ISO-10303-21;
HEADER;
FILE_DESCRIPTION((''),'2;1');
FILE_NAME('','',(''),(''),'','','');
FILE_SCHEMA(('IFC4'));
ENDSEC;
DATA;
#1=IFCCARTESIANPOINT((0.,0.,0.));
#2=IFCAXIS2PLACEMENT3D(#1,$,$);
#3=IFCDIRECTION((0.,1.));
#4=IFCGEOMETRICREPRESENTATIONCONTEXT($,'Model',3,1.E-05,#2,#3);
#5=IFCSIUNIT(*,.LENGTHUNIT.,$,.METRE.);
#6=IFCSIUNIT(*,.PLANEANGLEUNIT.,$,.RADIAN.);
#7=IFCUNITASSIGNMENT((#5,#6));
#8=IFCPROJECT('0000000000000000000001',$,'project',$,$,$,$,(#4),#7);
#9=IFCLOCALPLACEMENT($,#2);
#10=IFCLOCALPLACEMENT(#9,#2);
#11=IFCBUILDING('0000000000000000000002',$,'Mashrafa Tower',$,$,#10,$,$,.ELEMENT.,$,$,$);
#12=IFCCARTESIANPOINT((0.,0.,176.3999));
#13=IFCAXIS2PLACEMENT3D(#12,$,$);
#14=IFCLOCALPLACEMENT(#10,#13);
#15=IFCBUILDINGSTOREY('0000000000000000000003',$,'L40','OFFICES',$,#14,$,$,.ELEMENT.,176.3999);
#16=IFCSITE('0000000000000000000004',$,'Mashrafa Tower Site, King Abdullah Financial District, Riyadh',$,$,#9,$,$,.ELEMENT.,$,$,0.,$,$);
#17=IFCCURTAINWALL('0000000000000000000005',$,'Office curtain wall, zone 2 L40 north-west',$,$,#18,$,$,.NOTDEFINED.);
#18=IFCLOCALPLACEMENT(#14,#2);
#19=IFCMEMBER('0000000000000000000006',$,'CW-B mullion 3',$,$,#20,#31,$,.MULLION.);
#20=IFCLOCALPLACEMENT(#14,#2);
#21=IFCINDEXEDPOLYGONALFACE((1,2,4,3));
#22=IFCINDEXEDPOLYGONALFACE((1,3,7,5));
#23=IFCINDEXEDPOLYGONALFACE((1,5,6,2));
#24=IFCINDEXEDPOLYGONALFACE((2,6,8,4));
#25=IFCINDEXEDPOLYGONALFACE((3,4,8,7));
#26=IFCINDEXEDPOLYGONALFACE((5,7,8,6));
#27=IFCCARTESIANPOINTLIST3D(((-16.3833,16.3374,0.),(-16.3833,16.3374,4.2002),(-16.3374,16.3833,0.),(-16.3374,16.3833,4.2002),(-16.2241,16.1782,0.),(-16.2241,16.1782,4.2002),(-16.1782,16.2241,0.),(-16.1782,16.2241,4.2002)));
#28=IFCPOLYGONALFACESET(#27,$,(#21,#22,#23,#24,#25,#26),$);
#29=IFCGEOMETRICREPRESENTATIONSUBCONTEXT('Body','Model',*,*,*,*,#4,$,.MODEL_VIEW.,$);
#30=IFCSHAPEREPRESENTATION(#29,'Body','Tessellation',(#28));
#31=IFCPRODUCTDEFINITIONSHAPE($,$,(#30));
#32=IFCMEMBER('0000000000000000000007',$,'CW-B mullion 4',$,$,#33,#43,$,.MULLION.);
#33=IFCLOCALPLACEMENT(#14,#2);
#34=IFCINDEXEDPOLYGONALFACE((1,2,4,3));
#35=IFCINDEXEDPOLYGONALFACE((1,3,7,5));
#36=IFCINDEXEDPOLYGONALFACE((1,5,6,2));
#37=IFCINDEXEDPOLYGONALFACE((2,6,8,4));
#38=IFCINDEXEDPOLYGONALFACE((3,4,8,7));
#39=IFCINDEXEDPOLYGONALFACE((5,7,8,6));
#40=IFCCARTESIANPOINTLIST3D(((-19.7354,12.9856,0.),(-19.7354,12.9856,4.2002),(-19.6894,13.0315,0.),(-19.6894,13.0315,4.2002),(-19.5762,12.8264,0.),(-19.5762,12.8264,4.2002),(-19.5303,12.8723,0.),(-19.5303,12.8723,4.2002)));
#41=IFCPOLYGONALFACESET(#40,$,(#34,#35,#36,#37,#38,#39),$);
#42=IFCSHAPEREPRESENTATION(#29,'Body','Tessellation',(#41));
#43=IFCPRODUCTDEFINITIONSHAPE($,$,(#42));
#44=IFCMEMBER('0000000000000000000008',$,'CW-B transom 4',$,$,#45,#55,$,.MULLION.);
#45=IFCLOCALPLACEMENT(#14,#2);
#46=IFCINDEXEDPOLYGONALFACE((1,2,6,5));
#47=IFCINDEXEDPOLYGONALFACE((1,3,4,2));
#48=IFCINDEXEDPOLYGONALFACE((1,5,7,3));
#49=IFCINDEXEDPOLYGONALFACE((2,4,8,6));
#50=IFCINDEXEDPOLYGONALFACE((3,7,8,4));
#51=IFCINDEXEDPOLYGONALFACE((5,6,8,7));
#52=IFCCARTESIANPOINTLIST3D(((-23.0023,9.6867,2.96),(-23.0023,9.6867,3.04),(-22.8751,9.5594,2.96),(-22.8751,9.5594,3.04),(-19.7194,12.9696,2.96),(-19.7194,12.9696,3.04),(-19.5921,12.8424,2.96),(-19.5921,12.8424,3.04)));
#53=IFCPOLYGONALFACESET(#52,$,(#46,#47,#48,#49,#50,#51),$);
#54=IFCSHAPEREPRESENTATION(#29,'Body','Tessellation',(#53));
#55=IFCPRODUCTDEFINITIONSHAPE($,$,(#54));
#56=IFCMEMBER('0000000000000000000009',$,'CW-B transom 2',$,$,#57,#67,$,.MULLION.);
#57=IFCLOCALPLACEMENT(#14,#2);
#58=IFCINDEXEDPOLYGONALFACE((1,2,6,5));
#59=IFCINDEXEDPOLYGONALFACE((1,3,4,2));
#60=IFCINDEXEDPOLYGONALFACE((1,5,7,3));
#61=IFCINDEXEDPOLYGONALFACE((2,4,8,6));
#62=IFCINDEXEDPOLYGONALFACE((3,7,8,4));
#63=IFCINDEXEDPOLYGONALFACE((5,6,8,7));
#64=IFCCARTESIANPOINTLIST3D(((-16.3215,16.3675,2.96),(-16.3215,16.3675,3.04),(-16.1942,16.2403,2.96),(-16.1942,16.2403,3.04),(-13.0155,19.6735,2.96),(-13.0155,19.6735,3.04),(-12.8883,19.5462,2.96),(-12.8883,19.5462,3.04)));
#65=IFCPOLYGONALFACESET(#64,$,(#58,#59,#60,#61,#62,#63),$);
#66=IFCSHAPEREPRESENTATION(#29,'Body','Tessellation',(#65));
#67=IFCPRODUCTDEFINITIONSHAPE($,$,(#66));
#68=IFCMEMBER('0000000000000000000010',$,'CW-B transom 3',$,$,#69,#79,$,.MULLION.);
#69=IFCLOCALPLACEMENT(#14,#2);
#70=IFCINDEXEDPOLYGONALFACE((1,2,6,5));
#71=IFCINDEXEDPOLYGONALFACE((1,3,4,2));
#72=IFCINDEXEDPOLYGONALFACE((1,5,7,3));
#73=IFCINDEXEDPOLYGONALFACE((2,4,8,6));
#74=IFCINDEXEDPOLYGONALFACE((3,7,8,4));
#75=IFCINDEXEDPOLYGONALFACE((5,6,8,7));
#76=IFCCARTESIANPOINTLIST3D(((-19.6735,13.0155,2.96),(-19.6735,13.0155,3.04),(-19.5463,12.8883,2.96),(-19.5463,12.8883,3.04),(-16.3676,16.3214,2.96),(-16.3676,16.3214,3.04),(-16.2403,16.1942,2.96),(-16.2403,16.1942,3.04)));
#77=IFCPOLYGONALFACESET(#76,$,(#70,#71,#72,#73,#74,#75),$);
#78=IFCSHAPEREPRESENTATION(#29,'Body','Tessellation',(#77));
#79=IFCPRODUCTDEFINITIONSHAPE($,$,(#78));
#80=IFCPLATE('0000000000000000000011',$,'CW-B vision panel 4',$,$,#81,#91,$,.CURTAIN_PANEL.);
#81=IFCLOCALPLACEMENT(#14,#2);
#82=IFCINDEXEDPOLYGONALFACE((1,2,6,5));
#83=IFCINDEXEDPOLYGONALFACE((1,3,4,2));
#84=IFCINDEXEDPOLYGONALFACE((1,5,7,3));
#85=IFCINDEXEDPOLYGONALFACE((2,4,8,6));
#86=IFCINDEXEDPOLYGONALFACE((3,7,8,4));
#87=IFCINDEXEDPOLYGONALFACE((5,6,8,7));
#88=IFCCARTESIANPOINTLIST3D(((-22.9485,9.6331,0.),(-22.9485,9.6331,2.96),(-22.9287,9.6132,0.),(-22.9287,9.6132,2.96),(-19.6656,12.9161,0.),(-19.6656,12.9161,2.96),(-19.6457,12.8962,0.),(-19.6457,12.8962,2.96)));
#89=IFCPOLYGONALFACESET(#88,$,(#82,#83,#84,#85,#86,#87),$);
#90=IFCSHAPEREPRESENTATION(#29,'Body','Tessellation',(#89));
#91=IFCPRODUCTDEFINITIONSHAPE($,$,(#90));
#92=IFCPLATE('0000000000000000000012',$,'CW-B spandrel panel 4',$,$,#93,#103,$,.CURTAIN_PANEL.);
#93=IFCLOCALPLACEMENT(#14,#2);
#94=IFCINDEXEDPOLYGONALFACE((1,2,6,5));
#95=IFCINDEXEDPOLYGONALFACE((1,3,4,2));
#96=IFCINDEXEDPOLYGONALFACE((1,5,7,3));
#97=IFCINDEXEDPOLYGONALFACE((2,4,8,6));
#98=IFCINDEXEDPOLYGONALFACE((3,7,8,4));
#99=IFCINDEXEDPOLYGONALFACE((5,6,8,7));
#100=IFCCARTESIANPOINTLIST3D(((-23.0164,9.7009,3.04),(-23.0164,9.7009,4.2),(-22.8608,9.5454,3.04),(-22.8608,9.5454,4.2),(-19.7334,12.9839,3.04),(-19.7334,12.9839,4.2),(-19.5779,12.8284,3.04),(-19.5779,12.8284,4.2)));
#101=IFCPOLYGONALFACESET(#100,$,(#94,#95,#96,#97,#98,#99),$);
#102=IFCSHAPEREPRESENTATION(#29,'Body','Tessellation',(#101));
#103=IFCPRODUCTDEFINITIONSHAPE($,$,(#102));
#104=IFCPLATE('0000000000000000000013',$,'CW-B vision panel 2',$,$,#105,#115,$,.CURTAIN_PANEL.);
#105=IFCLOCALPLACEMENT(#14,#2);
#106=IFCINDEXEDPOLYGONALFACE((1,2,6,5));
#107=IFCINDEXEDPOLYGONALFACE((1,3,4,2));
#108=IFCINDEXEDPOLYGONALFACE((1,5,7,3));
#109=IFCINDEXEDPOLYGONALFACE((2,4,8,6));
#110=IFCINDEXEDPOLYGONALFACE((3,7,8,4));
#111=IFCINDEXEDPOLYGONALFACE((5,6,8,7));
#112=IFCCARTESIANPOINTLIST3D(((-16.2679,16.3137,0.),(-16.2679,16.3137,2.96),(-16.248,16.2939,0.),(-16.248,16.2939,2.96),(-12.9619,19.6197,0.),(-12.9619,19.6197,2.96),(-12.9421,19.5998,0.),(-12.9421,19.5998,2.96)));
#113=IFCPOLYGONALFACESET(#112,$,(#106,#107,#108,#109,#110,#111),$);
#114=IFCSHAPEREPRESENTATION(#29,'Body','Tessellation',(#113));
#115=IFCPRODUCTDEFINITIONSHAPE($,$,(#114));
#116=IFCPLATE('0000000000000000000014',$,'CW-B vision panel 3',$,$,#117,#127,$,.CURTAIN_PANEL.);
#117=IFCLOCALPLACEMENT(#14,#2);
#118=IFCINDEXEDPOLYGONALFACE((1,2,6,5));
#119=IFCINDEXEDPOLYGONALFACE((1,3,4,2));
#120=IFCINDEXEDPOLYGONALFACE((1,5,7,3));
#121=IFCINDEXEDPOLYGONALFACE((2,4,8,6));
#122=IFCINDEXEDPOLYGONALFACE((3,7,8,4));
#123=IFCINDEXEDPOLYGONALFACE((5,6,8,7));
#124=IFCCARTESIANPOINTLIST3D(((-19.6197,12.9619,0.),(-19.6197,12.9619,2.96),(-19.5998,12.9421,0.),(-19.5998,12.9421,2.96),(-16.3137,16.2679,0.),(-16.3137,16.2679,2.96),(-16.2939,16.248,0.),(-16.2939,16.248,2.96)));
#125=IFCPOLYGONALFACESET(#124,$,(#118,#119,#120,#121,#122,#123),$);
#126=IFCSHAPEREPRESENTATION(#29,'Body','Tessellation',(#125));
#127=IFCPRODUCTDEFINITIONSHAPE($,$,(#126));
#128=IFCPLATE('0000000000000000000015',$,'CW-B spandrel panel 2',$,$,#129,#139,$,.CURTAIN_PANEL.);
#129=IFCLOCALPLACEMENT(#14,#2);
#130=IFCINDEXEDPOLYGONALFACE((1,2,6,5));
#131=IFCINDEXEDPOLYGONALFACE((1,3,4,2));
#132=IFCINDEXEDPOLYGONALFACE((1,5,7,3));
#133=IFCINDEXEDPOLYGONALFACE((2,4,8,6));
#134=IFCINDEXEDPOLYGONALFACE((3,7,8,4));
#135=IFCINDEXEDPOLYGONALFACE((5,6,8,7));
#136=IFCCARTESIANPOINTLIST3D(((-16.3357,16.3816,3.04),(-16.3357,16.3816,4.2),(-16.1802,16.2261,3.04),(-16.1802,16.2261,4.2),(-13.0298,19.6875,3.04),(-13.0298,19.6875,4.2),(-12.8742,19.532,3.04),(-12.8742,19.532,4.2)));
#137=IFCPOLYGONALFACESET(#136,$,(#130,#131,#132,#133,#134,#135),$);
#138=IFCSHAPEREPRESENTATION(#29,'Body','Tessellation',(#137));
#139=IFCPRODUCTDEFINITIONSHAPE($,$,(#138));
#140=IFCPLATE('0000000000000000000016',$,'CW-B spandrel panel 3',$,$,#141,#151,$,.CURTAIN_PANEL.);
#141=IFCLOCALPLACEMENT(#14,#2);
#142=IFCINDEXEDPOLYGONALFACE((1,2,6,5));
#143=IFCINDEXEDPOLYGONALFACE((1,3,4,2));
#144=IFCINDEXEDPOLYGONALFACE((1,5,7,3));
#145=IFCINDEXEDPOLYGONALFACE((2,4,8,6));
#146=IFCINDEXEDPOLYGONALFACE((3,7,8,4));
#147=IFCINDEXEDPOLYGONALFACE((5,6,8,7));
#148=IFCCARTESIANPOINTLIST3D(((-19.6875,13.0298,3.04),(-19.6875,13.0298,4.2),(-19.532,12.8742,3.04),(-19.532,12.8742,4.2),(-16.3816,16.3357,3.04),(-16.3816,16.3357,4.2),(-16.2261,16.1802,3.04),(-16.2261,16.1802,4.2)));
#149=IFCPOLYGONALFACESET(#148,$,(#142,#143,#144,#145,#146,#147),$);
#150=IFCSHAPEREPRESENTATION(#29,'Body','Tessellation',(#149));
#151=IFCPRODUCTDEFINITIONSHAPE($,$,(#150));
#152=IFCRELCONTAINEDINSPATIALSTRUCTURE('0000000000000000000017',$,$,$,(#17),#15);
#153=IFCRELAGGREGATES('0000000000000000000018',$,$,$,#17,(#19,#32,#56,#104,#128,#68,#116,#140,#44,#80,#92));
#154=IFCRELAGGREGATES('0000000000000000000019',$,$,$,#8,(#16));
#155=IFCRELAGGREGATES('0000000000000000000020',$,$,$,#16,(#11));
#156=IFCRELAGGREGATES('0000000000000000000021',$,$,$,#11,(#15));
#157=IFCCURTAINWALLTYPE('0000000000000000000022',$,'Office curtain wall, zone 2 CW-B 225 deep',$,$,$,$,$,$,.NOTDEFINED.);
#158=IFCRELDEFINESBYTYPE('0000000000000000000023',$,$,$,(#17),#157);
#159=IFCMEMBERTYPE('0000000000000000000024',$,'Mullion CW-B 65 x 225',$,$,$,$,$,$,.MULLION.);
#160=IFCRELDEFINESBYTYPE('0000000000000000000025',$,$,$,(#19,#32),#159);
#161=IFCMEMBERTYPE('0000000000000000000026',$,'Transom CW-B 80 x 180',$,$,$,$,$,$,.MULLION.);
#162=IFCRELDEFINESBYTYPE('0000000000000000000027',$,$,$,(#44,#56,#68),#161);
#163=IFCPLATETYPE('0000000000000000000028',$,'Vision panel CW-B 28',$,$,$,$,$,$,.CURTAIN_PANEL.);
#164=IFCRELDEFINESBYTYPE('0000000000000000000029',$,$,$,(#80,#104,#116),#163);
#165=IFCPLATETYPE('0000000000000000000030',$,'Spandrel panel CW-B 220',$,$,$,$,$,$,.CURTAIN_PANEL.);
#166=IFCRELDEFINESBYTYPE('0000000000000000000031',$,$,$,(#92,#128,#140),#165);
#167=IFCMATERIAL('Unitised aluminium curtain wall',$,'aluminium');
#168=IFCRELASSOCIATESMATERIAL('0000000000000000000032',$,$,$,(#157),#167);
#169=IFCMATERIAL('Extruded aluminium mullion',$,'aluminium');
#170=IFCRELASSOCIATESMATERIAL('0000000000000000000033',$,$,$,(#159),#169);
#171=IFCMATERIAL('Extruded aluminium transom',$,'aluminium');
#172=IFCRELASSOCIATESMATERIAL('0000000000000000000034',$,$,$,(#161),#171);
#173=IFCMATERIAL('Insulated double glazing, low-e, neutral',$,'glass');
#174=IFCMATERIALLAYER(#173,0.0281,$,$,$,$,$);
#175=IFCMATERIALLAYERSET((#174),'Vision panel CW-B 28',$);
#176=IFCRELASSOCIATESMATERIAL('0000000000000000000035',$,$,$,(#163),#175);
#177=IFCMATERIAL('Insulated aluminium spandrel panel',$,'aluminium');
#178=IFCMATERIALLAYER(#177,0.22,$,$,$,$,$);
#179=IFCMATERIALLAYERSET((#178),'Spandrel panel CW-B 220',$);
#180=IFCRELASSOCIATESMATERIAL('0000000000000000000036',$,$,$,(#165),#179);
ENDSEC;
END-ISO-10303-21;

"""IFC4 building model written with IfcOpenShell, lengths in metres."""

from ifc_helpers import new_model, si_unit, direction, frame, origin, origin_2d, place, context, subcontext, project, spatial, rectangle, extrude, source, transform, mapped, material, layer, layer_set, material_profile, profile_set, type_object, type_shapes, element, aggregate, save


model = new_model("IFC4")

# Units and contexts
model_context = context("Model", 3, precision=1e-05, world=origin(), true_north=direction((0.0, 1.0)))
body_context = subcontext(model_context, "Body", "Model", "MODEL_VIEW")
ifc_project = project(units=[si_unit("LENGTHUNIT", "METRE"), si_unit("PLANEANGLEUNIT", "RADIAN")], contexts=[model_context])

# Site, building, storey
site_placement = place(None, origin())
site = spatial("IfcSite", under=ifc_project, at=site_placement, Name="Mashrafa Tower Site, King Abdullah Financial District, Riyadh", CompositionType="ELEMENT", RefElevation=0.0)
building_placement = place(site_placement, origin())
building = spatial("IfcBuilding", under=site, at=building_placement, Name="Mashrafa Tower", CompositionType="ELEMENT")
storey_placement = place(building_placement, frame((0.0, 0.0, 176.3999)))
storey = spatial("IfcBuildingStorey", under=building, at=storey_placement, Name="L40", Description="OFFICES", CompositionType="ELEMENT", Elevation=176.3999)

# Curtain wall, members, plates
ifc_material_1 = material(Name="Unitised aluminium curtain wall", Category="aluminium")
curtain_wall_type = type_object("IfcCurtainWallType", Name="Office curtain wall, zone 2 CW-B 225 deep", PredefinedType="NOTDEFINED", material=ifc_material_1)
curtain_wall_placement = place(storey_placement, origin())
curtain_wall = element("IfcCurtainWall", 1, at=curtain_wall_placement, inside=storey, type_object=curtain_wall_type, Name="Office curtain wall, zone 2 L40 north-west", PredefinedType="NOTDEFINED")
ifc_material_2 = material(Name="Extruded aluminium mullion", Category="aluminium")
ifc_material_profile_1 = material_profile(ifc_material_2, rectangle(XDim=0.2251, YDim=0.0649, at=origin_2d()), Name="Mullion 65x225")
ifc_profile_set_1 = profile_set([ifc_material_profile_1], Name="Extruded aluminium mullion")
member_type_1 = type_object("IfcMemberType", Name="Mullion CW-B 65 x 225", PredefinedType="MULLION", material=ifc_profile_set_1)
shared_shape_1 = source(origin(), body_context, "Body", "SweptSolid", [
    extrude(rectangle(XDim=0.2251, YDim=0.0649, at=origin_2d()), origin(), (0.0, 0.0, 1.0), 4.2002),
])
type_shapes(member_type_1, [shared_shape_1])
member_1_placement = place(storey_placement, frame((-16.2808, 16.2808, 0.0), z_axis=(0.0, 0.0, 1.0), x_axis=(0.707107, -0.707107, 0.0)))
member_1 = element("IfcMember", 2, at=member_1_placement, type_object=member_type_1, Name="CW-B mullion 3", PredefinedType="MULLION", context=body_context, shape_type="MappedRepresentation", body=[
    mapped(shared_shape_1, transform((0.0, 0.0, 0.0))),
])
member_2_placement = place(storey_placement, frame((-19.6328, 12.929, 0.0), z_axis=(0.0, 0.0, 1.0), x_axis=(0.707107, -0.707107, 0.0)))
member_2 = element("IfcMember", 3, at=member_2_placement, type_object=member_type_1, Name="CW-B mullion 4", PredefinedType="MULLION", context=body_context, shape_type="MappedRepresentation", body=[
    mapped(shared_shape_1, transform((0.0, 0.0, 0.0))),
])
ifc_material_3 = material(Name="Extruded aluminium transom", Category="aluminium")
ifc_material_profile_2 = material_profile(ifc_material_3, rectangle(XDim=0.1799, YDim=0.0801, at=origin_2d()), Name="Transom 80x180")
ifc_profile_set_2 = profile_set([ifc_material_profile_2], Name="Extruded aluminium transom")
member_type_2 = type_object("IfcMemberType", Name="Transom CW-B 80 x 180", PredefinedType="MULLION", material=ifc_profile_set_2)
shared_shape_2 = source(origin(), body_context, "Body", "SweptSolid", [
    extrude(rectangle(XDim=0.1799, YDim=0.0801, at=origin_2d()), origin(), (0.0, 0.0, 1.0), 4.6428),
])
member_3_placement = place(storey_placement, frame((-19.6558, 12.906, 3.0), z_axis=(-0.707107, -0.707107, 0.0), x_axis=(0.707107, -0.707107, 0.0)))
member_3 = element("IfcMember", 4, at=member_3_placement, type_object=member_type_2, Name="CW-B transom 4", PredefinedType="MULLION", context=body_context, shape_type="MappedRepresentation", body=[
    mapped(shared_shape_2, transform((0.0, 0.0, 0.0))),
])
shared_shape_3 = source(origin(), body_context, "Body", "SweptSolid", [
    extrude(rectangle(XDim=0.1799, YDim=0.0801, at=origin_2d()), origin(), (0.0, 0.0, 1.0), 4.6753),
])
type_shapes(member_type_2, [shared_shape_2, shared_shape_3])
member_4_placement = place(storey_placement, frame((-12.9519, 19.6099, 3.0), z_axis=(-0.707107, -0.707107, 0.0), x_axis=(0.707107, -0.707107, 0.0)))
member_4 = element("IfcMember", 5, at=member_4_placement, type_object=member_type_2, Name="CW-B transom 2", PredefinedType="MULLION", context=body_context, shape_type="MappedRepresentation", body=[
    mapped(shared_shape_3, transform((0.0, 0.0, 0.0))),
])
member_5_placement = place(storey_placement, frame((-16.304, 16.2578, 3.0), z_axis=(-0.707107, -0.707107, 0.0), x_axis=(0.707107, -0.707107, 0.0)))
member_5 = element("IfcMember", 6, at=member_5_placement, type_object=member_type_2, Name="CW-B transom 3", PredefinedType="MULLION", context=body_context, shape_type="MappedRepresentation", body=[
    mapped(shared_shape_3, transform((0.0, 0.0, 0.0))),
])
ifc_material_4 = material(Name="Insulated double glazing, low-e, neutral", Category="glass")
ifc_layer_1 = layer(ifc_material_4, 0.0281)
ifc_layer_set_1 = layer_set([ifc_layer_1], Name="Vision panel CW-B 28")
plate_type_1 = type_object("IfcPlateType", Name="Vision panel CW-B 28", PredefinedType="CURTAIN_PANEL", material=ifc_layer_set_1)
shared_shape_4 = source(origin(), body_context, "Body", "SweptSolid", [
    extrude(rectangle(XDim=4.6428, YDim=0.0281, at=origin_2d()), origin(), (0.0, 0.0, 1.0), 2.96),
])
plate_1_placement = place(storey_placement, frame((-21.2971, 11.2646, 0.0), z_axis=(0.0, 0.0, 1.0), x_axis=(-0.707107, -0.707107, 0.0)))
plate_1 = element("IfcPlate", 7, at=plate_1_placement, type_object=plate_type_1, Name="CW-B vision panel 4", PredefinedType="CURTAIN_PANEL", context=body_context, shape_type="MappedRepresentation", body=[
    mapped(shared_shape_4, transform((0.0, 0.0, 0.0))),
])
ifc_material_5 = material(Name="Insulated aluminium spandrel panel", Category="aluminium")
ifc_layer_2 = layer(ifc_material_5, 0.22)
ifc_layer_set_2 = layer_set([ifc_layer_2], Name="Spandrel panel CW-B 220")
plate_type_2 = type_object("IfcPlateType", Name="Spandrel panel CW-B 220", PredefinedType="CURTAIN_PANEL", material=ifc_layer_set_2)
shared_shape_5 = source(origin(), body_context, "Body", "SweptSolid", [
    extrude(rectangle(XDim=4.6428, YDim=0.22, at=origin_2d()), origin(), (0.0, 0.0, 1.0), 1.1599),
])
plate_2_placement = place(storey_placement, frame((-21.2971, 11.2646, 3.04), z_axis=(0.0, 0.0, 1.0), x_axis=(-0.707107, -0.707107, 0.0)))
plate_2 = element("IfcPlate", 8, at=plate_2_placement, type_object=plate_type_2, Name="CW-B spandrel panel 4", PredefinedType="CURTAIN_PANEL", context=body_context, shape_type="MappedRepresentation", body=[
    mapped(shared_shape_5, transform((0.0, 0.0, 0.0))),
])
shared_shape_6 = source(origin(), body_context, "Body", "SweptSolid", [
    extrude(rectangle(XDim=4.6753, YDim=0.0281, at=origin_2d()), origin(), (0.0, 0.0, 1.0), 2.96),
])
type_shapes(plate_type_1, [shared_shape_4, shared_shape_6])
plate_3_placement = place(storey_placement, frame((-14.605, 17.9568, 0.0), z_axis=(0.0, 0.0, 1.0), x_axis=(-0.707107, -0.707107, 0.0)))
plate_3 = element("IfcPlate", 9, at=plate_3_placement, type_object=plate_type_1, Name="CW-B vision panel 2", PredefinedType="CURTAIN_PANEL", context=body_context, shape_type="MappedRepresentation", body=[
    mapped(shared_shape_6, transform((0.0, 0.0, 0.0))),
])
plate_4_placement = place(storey_placement, frame((-17.9568, 14.605, 0.0), z_axis=(0.0, 0.0, 1.0), x_axis=(-0.707107, -0.707107, 0.0)))
plate_4 = element("IfcPlate", 10, at=plate_4_placement, type_object=plate_type_1, Name="CW-B vision panel 3", PredefinedType="CURTAIN_PANEL", context=body_context, shape_type="MappedRepresentation", body=[
    mapped(shared_shape_6, transform((0.0, 0.0, 0.0))),
])
shared_shape_7 = source(origin(), body_context, "Body", "SweptSolid", [
    extrude(rectangle(XDim=4.6753, YDim=0.22, at=origin_2d()), origin(), (0.0, 0.0, 1.0), 1.1599),
])
type_shapes(plate_type_2, [shared_shape_5, shared_shape_7])
plate_5_placement = place(storey_placement, frame((-14.605, 17.9568, 3.04), z_axis=(0.0, 0.0, 1.0), x_axis=(-0.707107, -0.707107, 0.0)))
plate_5 = element("IfcPlate", 11, at=plate_5_placement, type_object=plate_type_2, Name="CW-B spandrel panel 2", PredefinedType="CURTAIN_PANEL", context=body_context, shape_type="MappedRepresentation", body=[
    mapped(shared_shape_7, transform((0.0, 0.0, 0.0))),
])
plate_6_placement = place(storey_placement, frame((-17.9568, 14.605, 3.04), z_axis=(0.0, 0.0, 1.0), x_axis=(-0.707107, -0.707107, 0.0)))
plate_6 = element("IfcPlate", 12, at=plate_6_placement, type_object=plate_type_2, Name="CW-B spandrel panel 3", PredefinedType="CURTAIN_PANEL", context=body_context, shape_type="MappedRepresentation", body=[
    mapped(shared_shape_7, transform((0.0, 0.0, 0.0))),
])
aggregate(curtain_wall, [member_1, member_2, member_4, plate_3, plate_5, member_5, plate_4, plate_6, member_3, plate_1, plate_2])

save(model, "model.ifc")
